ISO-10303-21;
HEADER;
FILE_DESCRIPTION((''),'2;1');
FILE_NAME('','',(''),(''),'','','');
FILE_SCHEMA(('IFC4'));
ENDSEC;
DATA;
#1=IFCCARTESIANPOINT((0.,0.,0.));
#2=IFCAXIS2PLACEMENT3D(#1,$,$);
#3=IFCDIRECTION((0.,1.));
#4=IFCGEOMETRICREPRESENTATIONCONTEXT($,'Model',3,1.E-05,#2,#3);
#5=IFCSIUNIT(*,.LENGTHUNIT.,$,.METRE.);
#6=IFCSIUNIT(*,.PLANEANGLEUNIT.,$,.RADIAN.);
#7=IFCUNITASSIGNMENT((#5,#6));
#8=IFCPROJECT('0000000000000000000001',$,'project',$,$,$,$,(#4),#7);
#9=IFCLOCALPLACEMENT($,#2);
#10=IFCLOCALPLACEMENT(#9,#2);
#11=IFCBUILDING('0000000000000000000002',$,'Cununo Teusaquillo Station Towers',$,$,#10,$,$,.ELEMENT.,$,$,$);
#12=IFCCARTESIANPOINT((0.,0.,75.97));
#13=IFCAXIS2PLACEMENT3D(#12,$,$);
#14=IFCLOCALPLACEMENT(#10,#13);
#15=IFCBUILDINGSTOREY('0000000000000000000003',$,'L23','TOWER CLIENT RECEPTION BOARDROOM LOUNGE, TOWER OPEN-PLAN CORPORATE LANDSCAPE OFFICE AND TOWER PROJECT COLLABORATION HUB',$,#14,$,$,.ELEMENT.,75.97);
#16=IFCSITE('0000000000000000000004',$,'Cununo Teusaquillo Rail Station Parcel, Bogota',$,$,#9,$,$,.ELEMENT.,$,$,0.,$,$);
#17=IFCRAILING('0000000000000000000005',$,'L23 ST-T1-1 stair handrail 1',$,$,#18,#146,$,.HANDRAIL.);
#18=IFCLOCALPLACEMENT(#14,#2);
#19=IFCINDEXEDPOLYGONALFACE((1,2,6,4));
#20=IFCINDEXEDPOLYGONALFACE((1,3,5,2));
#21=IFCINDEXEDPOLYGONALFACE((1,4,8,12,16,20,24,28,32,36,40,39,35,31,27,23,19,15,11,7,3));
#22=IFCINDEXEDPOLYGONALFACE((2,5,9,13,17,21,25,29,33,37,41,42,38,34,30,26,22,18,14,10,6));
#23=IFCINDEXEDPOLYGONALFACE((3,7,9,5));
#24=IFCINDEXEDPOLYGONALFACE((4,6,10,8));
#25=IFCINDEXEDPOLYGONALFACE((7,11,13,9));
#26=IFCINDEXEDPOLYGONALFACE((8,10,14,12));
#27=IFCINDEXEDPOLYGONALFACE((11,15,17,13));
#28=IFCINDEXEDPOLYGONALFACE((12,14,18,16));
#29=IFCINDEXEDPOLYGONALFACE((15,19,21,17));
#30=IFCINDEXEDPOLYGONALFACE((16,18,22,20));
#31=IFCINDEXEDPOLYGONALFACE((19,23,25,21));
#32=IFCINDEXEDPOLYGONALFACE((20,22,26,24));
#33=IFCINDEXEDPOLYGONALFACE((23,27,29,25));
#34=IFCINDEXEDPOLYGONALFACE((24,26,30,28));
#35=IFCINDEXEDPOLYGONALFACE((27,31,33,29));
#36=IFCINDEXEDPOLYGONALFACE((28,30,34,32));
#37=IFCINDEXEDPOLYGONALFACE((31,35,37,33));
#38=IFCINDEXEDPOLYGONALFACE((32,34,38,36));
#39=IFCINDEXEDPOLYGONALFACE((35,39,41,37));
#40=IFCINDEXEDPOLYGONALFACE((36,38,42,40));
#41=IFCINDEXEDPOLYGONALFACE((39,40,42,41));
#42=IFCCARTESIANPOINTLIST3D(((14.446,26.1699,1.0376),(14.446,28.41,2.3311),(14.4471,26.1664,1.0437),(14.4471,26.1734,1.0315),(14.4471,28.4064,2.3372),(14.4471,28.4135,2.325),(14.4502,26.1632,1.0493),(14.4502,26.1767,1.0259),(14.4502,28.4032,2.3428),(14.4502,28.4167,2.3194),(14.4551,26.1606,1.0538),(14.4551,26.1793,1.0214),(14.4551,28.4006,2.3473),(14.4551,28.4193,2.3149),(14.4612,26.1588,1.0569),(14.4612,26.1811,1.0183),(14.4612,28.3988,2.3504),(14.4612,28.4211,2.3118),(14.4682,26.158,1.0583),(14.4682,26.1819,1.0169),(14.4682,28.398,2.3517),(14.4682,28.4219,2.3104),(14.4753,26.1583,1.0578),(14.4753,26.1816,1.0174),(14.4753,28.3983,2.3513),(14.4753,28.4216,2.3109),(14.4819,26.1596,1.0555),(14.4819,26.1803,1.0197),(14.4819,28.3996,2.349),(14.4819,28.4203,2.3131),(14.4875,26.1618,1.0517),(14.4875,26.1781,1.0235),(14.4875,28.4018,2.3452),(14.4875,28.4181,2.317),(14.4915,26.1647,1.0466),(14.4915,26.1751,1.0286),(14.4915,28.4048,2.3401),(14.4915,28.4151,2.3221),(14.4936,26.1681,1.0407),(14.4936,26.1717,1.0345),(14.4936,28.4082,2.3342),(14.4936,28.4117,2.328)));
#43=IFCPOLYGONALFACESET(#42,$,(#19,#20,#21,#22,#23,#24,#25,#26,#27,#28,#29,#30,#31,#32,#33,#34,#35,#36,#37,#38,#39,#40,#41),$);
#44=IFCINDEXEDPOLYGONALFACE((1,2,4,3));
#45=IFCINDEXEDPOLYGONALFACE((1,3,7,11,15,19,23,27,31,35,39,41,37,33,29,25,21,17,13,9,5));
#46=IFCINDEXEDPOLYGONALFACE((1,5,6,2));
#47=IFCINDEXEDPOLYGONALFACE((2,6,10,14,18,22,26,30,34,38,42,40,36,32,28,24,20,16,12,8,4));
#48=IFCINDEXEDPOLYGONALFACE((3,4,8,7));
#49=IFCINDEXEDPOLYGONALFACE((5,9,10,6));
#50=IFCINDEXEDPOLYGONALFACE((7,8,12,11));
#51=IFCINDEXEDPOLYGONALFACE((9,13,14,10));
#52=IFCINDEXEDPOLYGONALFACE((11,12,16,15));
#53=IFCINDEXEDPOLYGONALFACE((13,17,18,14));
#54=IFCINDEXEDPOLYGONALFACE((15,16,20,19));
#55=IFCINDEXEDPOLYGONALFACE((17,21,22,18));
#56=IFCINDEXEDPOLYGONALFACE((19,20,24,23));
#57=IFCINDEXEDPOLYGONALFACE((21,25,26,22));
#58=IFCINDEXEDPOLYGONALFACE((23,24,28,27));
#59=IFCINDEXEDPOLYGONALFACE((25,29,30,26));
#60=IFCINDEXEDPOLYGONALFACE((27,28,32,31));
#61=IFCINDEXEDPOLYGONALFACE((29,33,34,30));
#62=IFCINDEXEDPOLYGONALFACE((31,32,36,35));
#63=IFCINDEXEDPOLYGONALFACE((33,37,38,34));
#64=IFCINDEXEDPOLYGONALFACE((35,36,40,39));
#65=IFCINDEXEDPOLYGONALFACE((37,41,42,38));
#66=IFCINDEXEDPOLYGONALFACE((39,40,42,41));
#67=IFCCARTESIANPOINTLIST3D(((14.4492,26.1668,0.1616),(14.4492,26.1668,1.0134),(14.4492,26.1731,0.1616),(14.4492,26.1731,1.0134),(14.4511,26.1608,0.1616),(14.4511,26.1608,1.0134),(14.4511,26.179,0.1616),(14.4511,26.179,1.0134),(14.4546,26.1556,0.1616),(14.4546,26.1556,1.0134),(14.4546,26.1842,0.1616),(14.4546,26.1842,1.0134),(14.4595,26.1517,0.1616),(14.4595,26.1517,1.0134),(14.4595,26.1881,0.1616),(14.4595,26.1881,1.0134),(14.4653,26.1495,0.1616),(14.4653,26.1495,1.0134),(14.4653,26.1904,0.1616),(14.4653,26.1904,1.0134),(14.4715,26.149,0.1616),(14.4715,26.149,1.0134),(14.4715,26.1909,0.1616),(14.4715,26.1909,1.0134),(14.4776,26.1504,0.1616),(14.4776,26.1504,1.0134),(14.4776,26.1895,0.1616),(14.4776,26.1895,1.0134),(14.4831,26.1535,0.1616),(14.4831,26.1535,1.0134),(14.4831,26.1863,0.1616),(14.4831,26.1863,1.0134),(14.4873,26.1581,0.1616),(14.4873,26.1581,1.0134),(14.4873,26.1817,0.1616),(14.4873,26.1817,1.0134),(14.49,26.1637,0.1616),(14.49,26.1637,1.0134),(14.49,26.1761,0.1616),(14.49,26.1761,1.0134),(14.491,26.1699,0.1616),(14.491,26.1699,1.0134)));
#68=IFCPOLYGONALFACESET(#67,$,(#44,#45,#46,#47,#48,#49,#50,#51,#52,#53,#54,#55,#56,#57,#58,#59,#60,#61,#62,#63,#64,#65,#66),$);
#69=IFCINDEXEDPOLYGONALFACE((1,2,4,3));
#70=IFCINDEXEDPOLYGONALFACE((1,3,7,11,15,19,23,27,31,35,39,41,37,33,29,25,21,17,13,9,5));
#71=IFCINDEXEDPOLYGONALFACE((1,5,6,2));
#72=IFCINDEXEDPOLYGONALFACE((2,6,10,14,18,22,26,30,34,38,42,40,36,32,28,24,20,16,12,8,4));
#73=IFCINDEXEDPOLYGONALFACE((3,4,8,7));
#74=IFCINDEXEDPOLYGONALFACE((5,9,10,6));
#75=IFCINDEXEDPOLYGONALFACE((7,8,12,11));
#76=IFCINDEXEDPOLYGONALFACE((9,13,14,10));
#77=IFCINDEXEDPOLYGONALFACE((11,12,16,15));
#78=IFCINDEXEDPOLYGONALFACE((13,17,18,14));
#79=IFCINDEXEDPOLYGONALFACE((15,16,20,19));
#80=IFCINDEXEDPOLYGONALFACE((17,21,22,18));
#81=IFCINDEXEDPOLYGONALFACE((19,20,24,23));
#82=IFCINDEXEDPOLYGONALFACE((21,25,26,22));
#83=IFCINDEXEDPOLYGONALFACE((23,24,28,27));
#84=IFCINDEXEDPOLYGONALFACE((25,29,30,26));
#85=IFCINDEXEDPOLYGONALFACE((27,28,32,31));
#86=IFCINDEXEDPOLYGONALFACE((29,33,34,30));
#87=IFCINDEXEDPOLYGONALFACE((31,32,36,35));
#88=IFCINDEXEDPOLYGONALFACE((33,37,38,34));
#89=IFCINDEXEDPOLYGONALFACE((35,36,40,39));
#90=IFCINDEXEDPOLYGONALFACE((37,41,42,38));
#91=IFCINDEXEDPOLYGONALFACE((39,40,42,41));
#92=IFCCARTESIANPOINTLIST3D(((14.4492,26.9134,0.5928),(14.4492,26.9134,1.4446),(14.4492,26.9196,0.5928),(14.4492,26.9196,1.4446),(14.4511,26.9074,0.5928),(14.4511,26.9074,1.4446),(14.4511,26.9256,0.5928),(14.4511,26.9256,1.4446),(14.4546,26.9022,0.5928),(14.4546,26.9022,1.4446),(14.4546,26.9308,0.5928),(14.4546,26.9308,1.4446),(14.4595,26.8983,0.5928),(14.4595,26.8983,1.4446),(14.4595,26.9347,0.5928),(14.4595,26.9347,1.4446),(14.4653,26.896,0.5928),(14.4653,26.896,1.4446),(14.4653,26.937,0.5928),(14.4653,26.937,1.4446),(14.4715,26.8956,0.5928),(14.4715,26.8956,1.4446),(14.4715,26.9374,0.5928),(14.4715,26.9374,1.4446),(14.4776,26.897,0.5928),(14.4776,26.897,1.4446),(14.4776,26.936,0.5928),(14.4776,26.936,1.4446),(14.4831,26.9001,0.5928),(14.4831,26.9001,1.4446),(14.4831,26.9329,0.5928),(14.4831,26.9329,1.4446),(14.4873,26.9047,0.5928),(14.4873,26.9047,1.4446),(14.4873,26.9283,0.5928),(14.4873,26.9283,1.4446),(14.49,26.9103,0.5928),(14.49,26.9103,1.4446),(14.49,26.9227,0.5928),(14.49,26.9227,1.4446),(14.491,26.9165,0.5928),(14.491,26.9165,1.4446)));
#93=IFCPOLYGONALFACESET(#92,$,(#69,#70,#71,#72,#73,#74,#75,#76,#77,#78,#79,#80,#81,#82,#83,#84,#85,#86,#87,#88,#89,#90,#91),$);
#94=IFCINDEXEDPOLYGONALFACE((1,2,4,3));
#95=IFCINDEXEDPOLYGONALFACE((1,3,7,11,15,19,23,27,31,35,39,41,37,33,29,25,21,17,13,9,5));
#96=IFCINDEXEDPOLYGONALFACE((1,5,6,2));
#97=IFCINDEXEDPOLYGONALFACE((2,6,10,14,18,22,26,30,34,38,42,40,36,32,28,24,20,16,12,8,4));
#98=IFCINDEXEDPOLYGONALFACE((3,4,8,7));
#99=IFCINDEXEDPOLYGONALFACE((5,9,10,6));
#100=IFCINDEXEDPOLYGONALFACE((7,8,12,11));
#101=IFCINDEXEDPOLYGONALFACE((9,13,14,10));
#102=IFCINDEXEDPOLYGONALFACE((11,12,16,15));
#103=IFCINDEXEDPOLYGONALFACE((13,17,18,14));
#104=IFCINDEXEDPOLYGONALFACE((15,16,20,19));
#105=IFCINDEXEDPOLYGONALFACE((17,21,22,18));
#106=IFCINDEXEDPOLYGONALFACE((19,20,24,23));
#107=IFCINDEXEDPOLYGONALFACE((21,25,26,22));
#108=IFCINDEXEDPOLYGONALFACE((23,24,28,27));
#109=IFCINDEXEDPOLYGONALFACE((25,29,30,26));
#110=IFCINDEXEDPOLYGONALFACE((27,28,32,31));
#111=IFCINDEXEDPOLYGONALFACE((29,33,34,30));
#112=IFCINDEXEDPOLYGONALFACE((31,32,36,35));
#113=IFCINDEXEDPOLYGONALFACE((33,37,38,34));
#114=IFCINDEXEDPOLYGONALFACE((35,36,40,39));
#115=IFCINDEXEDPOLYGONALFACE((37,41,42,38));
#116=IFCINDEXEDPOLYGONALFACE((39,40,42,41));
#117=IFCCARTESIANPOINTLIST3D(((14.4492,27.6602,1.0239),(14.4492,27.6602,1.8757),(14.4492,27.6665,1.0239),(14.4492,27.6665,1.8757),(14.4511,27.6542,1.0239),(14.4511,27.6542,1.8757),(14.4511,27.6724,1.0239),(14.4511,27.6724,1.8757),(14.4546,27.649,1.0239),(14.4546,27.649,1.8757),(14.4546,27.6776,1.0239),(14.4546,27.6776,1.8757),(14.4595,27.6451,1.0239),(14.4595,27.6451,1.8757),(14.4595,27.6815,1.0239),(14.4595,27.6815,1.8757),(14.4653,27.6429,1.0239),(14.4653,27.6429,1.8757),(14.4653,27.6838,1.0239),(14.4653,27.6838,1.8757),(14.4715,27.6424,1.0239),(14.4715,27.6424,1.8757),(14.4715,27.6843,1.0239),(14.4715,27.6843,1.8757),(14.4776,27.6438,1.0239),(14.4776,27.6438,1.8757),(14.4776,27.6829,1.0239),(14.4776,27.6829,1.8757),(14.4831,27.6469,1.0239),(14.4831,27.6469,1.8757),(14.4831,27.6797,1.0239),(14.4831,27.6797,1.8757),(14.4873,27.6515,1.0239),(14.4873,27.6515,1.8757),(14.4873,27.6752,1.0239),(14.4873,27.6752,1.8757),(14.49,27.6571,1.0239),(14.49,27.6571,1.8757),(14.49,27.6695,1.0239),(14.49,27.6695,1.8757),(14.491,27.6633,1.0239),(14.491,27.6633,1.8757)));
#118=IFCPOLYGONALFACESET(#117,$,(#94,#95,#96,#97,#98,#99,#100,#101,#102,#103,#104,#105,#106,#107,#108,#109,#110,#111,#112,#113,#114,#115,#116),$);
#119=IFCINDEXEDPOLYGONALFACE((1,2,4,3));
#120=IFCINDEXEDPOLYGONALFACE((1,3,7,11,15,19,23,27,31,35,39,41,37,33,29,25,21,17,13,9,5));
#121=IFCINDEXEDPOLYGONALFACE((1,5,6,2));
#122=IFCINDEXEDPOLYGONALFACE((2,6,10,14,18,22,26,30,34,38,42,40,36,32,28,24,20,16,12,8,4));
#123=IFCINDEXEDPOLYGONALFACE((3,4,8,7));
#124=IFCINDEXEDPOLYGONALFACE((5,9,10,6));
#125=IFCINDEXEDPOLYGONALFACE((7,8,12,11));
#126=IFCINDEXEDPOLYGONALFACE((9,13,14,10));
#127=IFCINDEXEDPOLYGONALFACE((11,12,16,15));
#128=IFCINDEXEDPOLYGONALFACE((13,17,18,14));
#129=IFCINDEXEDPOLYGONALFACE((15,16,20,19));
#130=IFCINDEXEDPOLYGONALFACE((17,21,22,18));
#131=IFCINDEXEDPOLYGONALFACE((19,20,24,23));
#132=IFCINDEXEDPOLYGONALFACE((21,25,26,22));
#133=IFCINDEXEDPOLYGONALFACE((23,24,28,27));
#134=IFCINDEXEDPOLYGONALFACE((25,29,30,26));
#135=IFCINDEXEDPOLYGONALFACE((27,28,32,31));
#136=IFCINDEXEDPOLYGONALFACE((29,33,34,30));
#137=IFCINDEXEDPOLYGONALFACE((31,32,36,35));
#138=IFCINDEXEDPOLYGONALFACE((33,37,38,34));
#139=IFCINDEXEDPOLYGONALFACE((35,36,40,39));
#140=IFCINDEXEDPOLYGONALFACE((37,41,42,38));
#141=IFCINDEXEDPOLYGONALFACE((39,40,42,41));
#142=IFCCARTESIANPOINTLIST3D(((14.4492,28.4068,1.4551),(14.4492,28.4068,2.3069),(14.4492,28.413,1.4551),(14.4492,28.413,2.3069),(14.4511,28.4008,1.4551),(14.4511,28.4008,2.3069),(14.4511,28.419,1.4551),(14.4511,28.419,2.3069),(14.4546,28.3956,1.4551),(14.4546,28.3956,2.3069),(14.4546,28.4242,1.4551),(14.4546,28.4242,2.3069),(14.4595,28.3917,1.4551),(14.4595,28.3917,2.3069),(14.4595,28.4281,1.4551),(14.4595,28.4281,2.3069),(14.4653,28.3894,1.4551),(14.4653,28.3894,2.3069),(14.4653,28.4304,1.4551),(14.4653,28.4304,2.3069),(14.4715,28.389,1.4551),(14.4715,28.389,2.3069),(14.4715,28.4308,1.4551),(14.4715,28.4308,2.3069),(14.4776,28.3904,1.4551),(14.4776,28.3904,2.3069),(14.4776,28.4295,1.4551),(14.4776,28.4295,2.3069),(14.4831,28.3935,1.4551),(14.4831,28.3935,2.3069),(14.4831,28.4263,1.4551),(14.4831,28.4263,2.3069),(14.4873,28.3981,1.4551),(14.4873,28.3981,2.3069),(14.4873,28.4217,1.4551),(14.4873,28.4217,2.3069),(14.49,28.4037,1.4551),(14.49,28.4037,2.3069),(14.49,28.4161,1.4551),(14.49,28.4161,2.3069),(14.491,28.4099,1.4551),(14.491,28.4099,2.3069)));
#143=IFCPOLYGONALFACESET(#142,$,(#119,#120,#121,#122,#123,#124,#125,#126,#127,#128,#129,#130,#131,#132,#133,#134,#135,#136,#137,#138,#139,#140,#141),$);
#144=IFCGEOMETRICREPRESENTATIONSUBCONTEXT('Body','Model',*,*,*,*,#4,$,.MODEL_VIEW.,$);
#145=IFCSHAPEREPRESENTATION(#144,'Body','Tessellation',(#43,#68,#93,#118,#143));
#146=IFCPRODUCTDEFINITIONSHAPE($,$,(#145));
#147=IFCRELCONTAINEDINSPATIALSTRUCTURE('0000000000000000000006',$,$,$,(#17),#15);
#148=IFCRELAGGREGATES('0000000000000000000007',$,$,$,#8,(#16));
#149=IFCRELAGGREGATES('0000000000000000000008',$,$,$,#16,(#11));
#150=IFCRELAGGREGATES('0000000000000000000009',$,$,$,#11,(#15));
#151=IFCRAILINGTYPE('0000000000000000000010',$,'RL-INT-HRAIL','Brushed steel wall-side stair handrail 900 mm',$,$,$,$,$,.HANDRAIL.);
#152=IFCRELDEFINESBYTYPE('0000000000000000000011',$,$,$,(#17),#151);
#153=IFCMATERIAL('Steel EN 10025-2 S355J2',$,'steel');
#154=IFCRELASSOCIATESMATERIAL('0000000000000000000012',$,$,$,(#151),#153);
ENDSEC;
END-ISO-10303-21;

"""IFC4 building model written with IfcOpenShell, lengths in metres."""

from ifc_helpers import new_model, si_unit, direction, frame, origin, origin_2d, place, context, subcontext, project, spatial, circle, extrude, material, type_object, element, save


model = new_model("IFC4")

# Units and contexts
model_context = context("Model", 3, precision=1e-05, world=origin(), true_north=direction((0.0, 1.0)))
body_context = subcontext(model_context, "Body", "Model", "MODEL_VIEW")
ifc_project = project(units=[si_unit("LENGTHUNIT", "METRE"), si_unit("PLANEANGLEUNIT", "RADIAN")], contexts=[model_context])

# Site, building, storey
site_placement = place(None, origin())
site = spatial("IfcSite", under=ifc_project, at=site_placement, Name="Cununo Teusaquillo Rail Station Parcel, Bogota", CompositionType="ELEMENT", RefElevation=0.0)
building_placement = place(site_placement, origin())
building = spatial("IfcBuilding", under=site, at=building_placement, Name="Cununo Teusaquillo Station Towers", CompositionType="ELEMENT")
storey_placement = place(building_placement, frame((0.0, 0.0, 75.97)))
storey = spatial("IfcBuildingStorey", under=building, at=storey_placement, Name="L23", Description="TOWER CLIENT RECEPTION BOARDROOM LOUNGE, TOWER OPEN-PLAN CORPORATE LANDSCAPE OFFICE AND TOWER PROJECT COLLABORATION HUB", CompositionType="ELEMENT", Elevation=75.97)

# Railing
ifc_material_1 = material(Name="Steel EN 10025-2 S355J2", Category="steel")
railing_type_1 = type_object("IfcRailingType", Name="RL-INT-HRAIL", Description="Brushed steel wall-side stair handrail 900 mm", PredefinedType="HANDRAIL", material=ifc_material_1)
railing_1_placement = place(storey_placement, frame((14.47, 26.1699, 0.1616)))
element("IfcRailing", 1, at=railing_1_placement, inside=storey, type_object=railing_type_1, Name="L23 ST-T1-1 stair handrail 1", PredefinedType="HANDRAIL", context=body_context, shape_type="SweptSolid", body=[
    extrude(circle(Radius=0.0239, at=origin_2d()), frame((0.0, 0.0, 0.876), z_axis=(0.0, 0.865992, 0.500057), x_axis=(-1.0, 0.0, 0.0)), (0.0, 0.0, 1.0), 2.5867),
    extrude(circle(Radius=0.021, at=origin_2d()), origin(), (0.0, 0.0, 1.0), 0.8518),
    extrude(circle(Radius=0.021, at=origin_2d()), frame((0.0, 0.7466, 0.4312)), (0.0, 0.0, 1.0), 0.8518),
    extrude(circle(Radius=0.021, at=origin_2d()), frame((0.0, 1.4934, 0.8623)), (0.0, 0.0, 1.0), 0.8518),
    extrude(circle(Radius=0.021, at=origin_2d()), frame((0.0, 2.24, 1.2935)), (0.0, 0.0, 1.0), 0.8518),
])

save(model, "model.ifc")
